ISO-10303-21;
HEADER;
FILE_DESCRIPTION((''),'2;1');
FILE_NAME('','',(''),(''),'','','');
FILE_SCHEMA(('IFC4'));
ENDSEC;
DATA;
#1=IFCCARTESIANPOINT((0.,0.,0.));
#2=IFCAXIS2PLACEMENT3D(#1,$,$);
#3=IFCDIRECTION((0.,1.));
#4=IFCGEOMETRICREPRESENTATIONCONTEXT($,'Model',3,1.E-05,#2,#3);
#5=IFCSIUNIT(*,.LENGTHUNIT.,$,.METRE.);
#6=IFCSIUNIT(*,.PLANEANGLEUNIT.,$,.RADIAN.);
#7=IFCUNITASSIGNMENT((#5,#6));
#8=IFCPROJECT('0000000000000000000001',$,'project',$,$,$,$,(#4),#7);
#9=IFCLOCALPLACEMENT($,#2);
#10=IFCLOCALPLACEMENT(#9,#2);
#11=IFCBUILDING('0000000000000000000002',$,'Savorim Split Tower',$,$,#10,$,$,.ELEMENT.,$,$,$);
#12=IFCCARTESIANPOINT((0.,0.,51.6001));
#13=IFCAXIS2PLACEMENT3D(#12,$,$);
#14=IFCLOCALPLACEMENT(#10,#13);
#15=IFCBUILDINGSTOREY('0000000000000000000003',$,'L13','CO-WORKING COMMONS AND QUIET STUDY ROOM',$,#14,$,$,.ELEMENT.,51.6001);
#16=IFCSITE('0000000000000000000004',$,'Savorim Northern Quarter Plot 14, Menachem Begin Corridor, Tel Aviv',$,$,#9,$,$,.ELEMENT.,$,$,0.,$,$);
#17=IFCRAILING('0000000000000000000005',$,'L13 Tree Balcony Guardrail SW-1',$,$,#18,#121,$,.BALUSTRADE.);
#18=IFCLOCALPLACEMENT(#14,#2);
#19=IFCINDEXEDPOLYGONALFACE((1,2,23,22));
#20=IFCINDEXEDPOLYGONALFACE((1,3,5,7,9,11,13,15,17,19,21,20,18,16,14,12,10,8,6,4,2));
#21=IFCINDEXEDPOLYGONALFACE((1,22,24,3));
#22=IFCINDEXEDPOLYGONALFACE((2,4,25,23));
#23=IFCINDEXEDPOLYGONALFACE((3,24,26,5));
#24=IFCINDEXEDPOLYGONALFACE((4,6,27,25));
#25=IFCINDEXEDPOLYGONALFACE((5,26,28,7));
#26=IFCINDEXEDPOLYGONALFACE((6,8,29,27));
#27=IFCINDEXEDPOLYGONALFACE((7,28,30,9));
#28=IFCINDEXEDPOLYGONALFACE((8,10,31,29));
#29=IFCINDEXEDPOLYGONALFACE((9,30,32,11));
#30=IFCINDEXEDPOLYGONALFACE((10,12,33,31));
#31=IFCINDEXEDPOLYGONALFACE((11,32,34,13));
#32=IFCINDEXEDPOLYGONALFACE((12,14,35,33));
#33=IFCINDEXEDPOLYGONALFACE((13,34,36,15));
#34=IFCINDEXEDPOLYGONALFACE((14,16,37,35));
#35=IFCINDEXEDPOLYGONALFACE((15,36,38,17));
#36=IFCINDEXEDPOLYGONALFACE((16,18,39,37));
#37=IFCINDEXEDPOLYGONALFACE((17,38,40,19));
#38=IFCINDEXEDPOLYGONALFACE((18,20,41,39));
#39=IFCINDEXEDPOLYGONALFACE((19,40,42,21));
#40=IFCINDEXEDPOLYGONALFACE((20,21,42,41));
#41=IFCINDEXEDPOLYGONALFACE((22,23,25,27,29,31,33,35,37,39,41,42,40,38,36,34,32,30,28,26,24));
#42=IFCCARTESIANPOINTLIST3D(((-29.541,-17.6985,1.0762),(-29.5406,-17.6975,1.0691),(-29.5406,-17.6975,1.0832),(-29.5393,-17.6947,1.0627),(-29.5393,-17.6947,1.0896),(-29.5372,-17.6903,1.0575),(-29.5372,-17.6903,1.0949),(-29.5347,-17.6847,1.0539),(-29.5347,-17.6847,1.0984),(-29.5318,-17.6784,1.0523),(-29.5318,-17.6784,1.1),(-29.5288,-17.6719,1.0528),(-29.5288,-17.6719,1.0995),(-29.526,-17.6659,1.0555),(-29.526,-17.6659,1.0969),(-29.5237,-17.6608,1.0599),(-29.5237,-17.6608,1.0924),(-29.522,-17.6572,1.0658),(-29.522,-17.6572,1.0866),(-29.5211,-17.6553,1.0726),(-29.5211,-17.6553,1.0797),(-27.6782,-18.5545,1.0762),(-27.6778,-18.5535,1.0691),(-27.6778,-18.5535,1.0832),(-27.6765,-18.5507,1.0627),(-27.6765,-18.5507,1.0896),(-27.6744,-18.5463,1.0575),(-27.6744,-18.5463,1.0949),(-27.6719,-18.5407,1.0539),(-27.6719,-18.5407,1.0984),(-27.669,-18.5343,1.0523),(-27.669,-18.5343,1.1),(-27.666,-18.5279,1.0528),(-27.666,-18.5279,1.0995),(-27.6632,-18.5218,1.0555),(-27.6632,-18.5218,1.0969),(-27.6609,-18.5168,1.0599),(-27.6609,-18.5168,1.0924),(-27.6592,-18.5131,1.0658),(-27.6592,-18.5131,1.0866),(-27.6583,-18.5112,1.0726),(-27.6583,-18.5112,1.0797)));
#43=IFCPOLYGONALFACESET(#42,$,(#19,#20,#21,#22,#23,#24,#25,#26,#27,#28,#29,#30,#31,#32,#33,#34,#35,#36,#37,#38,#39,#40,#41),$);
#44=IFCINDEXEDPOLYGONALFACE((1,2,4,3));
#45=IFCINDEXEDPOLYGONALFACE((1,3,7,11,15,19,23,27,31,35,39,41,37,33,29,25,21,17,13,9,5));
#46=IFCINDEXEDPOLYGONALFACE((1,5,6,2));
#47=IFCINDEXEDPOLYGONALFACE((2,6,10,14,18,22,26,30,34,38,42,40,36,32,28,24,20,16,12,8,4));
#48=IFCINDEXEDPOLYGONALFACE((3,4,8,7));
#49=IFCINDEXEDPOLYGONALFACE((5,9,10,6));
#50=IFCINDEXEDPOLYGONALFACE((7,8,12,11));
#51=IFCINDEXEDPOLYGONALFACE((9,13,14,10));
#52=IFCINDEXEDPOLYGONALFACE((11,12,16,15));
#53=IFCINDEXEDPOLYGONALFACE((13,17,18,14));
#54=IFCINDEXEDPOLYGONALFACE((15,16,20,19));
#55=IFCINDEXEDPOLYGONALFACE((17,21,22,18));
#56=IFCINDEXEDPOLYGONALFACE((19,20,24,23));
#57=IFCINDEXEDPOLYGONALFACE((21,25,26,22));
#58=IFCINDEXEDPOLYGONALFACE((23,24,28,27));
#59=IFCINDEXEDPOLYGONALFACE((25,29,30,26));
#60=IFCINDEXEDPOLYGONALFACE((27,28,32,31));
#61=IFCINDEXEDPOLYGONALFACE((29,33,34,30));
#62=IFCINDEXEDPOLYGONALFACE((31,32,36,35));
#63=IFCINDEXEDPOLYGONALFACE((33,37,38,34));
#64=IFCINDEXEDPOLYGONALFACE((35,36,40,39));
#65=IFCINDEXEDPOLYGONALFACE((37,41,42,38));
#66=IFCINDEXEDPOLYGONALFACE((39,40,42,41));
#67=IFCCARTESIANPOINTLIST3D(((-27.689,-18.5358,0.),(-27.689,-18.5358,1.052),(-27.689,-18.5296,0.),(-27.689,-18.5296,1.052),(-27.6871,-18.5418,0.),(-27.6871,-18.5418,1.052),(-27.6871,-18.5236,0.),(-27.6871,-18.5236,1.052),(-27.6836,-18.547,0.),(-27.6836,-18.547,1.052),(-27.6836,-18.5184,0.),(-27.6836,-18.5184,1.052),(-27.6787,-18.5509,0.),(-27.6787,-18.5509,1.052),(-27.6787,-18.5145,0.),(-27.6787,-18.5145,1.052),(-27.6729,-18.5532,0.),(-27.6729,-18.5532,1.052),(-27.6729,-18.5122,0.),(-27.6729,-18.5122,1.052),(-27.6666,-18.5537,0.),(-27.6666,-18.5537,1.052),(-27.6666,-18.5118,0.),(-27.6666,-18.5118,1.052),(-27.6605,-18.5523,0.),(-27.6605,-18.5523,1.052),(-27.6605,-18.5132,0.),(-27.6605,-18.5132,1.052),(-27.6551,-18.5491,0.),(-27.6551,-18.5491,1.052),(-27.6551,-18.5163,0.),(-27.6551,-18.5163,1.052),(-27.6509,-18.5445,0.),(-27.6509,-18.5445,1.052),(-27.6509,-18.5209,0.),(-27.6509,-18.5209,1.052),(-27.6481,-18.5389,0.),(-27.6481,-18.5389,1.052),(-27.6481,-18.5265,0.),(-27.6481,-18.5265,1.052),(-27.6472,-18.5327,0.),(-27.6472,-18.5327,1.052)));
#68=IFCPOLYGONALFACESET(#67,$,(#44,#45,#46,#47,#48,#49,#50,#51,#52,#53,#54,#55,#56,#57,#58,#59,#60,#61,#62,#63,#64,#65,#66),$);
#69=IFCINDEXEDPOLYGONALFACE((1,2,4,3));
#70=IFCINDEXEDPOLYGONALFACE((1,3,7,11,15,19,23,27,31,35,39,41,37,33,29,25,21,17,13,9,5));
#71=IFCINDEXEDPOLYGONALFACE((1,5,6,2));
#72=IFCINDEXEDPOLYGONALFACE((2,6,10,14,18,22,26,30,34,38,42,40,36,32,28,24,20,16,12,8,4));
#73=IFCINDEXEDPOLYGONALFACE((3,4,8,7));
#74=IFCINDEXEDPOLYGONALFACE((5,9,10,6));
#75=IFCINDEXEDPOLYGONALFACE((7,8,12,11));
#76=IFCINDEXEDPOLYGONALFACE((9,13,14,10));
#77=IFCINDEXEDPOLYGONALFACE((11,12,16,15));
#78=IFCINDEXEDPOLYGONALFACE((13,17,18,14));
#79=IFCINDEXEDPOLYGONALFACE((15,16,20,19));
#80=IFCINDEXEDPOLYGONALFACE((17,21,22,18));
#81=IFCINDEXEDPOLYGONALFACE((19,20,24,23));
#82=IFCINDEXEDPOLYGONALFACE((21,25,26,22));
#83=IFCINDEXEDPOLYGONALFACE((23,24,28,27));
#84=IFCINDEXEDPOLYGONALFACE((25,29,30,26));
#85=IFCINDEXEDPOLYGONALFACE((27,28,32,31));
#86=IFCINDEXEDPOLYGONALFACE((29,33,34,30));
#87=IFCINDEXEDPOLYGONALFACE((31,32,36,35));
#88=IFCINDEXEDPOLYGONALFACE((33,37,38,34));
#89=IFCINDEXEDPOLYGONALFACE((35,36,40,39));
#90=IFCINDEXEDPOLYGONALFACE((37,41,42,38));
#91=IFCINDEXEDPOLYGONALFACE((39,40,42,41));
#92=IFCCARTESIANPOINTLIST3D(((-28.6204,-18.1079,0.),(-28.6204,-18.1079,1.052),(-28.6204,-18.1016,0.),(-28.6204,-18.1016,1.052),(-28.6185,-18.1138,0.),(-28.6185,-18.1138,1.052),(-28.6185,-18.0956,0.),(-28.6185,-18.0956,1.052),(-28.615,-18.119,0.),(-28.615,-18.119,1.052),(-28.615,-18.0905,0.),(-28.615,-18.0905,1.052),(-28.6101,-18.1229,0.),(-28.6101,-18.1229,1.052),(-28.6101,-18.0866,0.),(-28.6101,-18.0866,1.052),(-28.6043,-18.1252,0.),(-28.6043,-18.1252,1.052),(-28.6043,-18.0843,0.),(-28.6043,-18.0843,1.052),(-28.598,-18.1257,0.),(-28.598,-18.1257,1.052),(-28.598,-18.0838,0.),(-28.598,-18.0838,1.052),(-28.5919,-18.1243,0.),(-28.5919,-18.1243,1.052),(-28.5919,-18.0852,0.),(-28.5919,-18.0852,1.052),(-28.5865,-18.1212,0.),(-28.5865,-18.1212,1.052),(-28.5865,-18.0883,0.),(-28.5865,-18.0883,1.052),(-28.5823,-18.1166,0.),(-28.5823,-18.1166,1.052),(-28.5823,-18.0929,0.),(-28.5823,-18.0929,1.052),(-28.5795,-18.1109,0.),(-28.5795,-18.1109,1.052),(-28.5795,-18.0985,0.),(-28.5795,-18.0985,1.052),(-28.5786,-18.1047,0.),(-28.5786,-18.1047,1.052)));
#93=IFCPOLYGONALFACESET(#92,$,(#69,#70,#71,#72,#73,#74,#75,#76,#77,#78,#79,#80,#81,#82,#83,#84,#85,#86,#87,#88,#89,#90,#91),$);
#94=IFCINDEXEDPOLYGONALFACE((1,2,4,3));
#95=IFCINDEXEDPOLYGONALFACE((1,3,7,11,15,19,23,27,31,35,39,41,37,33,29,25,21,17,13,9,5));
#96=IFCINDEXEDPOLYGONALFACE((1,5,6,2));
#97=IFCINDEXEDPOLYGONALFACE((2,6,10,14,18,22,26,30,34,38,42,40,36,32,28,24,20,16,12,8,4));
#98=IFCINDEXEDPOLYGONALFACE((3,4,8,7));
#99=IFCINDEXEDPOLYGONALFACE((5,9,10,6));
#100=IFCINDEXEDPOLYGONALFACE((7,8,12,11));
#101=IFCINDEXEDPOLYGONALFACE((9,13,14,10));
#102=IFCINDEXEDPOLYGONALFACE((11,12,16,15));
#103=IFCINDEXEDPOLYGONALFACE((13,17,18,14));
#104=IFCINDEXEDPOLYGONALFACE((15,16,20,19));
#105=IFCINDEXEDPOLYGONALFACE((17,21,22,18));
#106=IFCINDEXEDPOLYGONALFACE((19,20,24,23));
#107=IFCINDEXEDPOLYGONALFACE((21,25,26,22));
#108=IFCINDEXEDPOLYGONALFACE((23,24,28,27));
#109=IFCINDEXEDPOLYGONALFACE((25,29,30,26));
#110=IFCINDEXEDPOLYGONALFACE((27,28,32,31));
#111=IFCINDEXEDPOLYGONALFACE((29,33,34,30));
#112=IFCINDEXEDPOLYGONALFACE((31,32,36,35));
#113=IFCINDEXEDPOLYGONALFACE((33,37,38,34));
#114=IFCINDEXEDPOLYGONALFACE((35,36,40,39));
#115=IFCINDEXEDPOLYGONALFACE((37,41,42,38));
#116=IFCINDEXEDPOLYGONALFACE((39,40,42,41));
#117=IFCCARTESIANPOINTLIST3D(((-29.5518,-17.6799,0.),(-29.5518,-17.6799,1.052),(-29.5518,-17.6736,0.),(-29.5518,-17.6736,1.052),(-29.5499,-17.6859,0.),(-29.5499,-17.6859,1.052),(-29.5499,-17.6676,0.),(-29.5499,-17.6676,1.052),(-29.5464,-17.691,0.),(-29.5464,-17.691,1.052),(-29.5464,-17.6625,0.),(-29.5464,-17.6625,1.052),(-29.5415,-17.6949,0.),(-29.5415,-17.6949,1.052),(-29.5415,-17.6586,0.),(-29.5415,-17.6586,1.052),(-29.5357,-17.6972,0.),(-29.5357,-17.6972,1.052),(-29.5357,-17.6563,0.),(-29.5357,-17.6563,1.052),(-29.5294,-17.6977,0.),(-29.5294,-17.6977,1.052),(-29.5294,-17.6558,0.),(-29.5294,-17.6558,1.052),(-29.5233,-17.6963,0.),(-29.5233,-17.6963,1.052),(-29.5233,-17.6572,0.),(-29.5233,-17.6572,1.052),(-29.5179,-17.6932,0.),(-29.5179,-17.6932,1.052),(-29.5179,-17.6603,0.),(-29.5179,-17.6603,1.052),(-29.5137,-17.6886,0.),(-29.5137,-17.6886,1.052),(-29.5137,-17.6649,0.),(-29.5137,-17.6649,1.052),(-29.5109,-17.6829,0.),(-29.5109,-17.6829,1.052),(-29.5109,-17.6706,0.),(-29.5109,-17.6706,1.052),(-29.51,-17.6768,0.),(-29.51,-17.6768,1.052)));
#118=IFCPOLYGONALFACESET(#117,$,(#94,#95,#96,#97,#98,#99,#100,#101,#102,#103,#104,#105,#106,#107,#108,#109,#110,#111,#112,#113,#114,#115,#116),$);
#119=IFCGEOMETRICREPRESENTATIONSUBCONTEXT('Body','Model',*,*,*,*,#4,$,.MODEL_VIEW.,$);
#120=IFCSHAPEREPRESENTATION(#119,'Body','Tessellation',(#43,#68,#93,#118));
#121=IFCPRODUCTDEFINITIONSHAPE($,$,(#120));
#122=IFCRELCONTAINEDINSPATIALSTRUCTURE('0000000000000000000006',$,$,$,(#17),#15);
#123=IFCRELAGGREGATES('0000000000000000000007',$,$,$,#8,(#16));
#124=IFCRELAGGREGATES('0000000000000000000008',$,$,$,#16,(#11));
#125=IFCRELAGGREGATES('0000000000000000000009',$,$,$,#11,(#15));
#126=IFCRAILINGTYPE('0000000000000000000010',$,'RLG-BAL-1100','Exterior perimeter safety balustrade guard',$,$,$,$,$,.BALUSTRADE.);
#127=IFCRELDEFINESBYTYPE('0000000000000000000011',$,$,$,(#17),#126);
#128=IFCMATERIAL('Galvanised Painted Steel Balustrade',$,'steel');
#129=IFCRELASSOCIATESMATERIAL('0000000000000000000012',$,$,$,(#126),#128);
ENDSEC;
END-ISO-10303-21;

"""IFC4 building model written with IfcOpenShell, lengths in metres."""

from ifc_helpers import new_model, si_unit, direction, frame, origin, origin_2d, place, context, subcontext, project, spatial, circle, extrude, material, type_object, element, save


model = new_model("IFC4")

# Units and contexts
model_context = context("Model", 3, precision=1e-05, world=origin(), true_north=direction((0.0, 1.0)))
body_context = subcontext(model_context, "Body", "Model", "MODEL_VIEW")
ifc_project = project(units=[si_unit("LENGTHUNIT", "METRE"), si_unit("PLANEANGLEUNIT", "RADIAN")], contexts=[model_context])

# Site, building, storey
site_placement = place(None, origin())
site = spatial("IfcSite", under=ifc_project, at=site_placement, Name="Savorim Northern Quarter Plot 14, Menachem Begin Corridor, Tel Aviv", CompositionType="ELEMENT", RefElevation=0.0)
building_placement = place(site_placement, origin())
building = spatial("IfcBuilding", under=site, at=building_placement, Name="Savorim Split Tower", CompositionType="ELEMENT")
storey_placement = place(building_placement, frame((0.0, 0.0, 51.6001)))
storey = spatial("IfcBuildingStorey", under=building, at=storey_placement, Name="L13", Description="CO-WORKING COMMONS AND QUIET STUDY ROOM", CompositionType="ELEMENT", Elevation=51.6001)

# Railing
ifc_material_1 = material(Name="Galvanised Painted Steel Balustrade", Category="steel")
railing_type = type_object("IfcRailingType", Name="RLG-BAL-1100", Description="Exterior perimeter safety balustrade guard", PredefinedType="BALUSTRADE", material=ifc_material_1)
railing_1_placement = place(storey_placement, frame((-27.6682, -18.5327, 0.0)))
element("IfcRailing", 1, at=railing_1_placement, inside=storey, type_object=railing_type, Name="L13 Tree Balcony Guardrail SW-1", PredefinedType="BALUSTRADE", context=body_context, shape_type="SweptSolid", body=[
    extrude(circle(Radius=0.0239, at=origin_2d()), frame((0.0, 0.0, 1.0762), z_axis=(-0.908662, 0.417532, 0.0), x_axis=(-0.417532, -0.908662, 0.0)), (0.0, 0.0, 1.0), 2.05),
    extrude(circle(Radius=0.021, at=origin_2d()), origin(), (0.0, 0.0, 1.0), 1.052),
    extrude(circle(Radius=0.021, at=origin_2d()), frame((-0.9314, 0.428, 0.0)), (0.0, 0.0, 1.0), 1.052),
    extrude(circle(Radius=0.021, at=origin_2d()), frame((-1.8628, 0.856, 0.0)), (0.0, 0.0, 1.0), 1.052),
])

save(model, "model.ifc")
